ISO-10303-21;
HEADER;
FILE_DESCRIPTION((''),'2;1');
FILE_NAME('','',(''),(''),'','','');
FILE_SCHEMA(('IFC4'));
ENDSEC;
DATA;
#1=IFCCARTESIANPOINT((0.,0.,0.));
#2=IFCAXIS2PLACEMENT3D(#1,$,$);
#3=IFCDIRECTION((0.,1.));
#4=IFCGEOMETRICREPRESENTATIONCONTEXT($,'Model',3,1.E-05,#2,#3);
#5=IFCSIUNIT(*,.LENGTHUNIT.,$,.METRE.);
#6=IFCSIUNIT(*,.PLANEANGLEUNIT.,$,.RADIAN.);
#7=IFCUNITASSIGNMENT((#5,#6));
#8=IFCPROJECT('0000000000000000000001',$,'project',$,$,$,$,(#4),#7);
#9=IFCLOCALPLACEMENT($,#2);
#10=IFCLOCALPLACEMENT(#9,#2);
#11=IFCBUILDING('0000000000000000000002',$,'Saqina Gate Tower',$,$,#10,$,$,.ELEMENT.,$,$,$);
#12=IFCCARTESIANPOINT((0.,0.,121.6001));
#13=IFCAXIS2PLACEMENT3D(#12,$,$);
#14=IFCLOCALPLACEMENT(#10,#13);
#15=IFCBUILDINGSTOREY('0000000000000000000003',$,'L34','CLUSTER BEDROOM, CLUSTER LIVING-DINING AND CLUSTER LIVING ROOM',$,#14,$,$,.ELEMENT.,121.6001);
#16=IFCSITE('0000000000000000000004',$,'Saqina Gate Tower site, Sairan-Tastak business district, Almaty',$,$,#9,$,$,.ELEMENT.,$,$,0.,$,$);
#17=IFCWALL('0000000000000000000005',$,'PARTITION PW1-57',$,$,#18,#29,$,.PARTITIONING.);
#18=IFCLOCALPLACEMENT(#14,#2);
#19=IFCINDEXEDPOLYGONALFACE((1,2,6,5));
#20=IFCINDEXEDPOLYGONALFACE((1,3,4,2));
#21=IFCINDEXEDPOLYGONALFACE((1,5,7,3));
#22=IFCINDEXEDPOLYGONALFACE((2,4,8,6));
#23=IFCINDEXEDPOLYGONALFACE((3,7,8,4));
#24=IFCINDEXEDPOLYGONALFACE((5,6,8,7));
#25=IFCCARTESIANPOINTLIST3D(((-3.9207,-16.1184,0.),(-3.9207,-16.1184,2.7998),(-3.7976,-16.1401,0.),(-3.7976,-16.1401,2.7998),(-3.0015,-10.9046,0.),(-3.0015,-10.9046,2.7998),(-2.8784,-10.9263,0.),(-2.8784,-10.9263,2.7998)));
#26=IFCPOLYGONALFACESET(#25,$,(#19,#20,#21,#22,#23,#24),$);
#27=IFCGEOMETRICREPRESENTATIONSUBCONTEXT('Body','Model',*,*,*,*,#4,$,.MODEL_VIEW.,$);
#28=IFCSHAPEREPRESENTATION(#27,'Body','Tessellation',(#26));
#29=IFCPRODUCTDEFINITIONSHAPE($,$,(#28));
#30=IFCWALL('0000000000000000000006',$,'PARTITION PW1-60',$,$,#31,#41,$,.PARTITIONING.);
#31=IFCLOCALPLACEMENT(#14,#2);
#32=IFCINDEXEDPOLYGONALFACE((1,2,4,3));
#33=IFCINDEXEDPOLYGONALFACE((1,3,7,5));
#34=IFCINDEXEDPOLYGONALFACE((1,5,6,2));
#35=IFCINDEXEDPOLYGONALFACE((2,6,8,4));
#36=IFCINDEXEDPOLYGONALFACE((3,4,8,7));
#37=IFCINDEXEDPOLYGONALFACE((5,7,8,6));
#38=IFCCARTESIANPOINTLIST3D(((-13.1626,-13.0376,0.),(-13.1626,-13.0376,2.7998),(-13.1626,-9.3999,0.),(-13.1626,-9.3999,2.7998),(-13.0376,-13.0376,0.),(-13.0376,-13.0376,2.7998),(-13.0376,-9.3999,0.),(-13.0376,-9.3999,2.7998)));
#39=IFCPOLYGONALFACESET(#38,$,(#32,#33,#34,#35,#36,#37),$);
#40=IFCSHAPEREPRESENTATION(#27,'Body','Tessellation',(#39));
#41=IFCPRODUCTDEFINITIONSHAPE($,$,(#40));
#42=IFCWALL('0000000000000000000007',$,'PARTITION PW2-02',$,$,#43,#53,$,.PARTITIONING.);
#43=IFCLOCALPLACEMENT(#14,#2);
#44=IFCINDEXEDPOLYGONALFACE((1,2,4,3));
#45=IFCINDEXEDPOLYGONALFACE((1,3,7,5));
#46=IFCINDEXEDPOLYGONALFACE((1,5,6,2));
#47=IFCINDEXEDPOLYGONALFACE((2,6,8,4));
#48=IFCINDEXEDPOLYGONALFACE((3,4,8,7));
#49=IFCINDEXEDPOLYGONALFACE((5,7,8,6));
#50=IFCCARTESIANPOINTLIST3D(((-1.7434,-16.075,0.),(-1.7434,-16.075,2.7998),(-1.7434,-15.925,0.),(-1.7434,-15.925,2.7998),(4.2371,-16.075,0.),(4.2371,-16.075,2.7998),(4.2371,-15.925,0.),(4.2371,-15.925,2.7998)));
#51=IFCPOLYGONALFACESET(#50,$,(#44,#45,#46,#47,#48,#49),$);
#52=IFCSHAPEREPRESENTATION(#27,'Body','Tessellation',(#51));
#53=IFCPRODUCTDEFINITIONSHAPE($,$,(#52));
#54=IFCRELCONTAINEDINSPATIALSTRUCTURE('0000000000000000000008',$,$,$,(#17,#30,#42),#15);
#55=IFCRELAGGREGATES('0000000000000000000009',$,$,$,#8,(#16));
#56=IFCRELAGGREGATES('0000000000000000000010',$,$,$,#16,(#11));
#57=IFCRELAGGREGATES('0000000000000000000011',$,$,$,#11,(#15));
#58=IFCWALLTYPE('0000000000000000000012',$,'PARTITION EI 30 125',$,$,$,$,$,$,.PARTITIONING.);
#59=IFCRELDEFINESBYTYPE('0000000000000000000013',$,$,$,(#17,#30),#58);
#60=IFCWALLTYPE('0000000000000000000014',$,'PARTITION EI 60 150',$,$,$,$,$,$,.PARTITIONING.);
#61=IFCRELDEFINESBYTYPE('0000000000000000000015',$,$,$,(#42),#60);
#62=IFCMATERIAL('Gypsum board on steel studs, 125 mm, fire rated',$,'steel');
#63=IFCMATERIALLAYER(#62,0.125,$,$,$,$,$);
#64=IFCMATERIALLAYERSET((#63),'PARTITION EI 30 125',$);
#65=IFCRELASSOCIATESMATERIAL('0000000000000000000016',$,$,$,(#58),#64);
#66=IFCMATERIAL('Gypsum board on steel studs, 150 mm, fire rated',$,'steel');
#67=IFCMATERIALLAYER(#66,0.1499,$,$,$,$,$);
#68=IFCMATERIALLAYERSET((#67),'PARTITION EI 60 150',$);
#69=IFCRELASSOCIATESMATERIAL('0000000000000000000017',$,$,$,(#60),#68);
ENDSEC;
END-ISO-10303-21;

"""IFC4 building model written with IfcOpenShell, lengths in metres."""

from ifc_helpers import new_model, si_unit, direction, frame, frame_2d, origin, place, context, subcontext, project, spatial, rectangle, extrude, material, layer, layer_set, type_object, element, save


model = new_model("IFC4")

# Units and contexts
model_context = context("Model", 3, precision=1e-05, world=origin(), true_north=direction((0.0, 1.0)))
body_context = subcontext(model_context, "Body", "Model", "MODEL_VIEW")
ifc_project = project(units=[si_unit("LENGTHUNIT", "METRE"), si_unit("PLANEANGLEUNIT", "RADIAN")], contexts=[model_context])

# Site, building, storey
site_placement = place(None, origin())
site = spatial("IfcSite", under=ifc_project, at=site_placement, Name="Saqina Gate Tower site, Sairan-Tastak business district, Almaty", CompositionType="ELEMENT", RefElevation=0.0)
building_placement = place(site_placement, origin())
building = spatial("IfcBuilding", under=site, at=building_placement, Name="Saqina Gate Tower", CompositionType="ELEMENT")
storey_placement = place(building_placement, frame((0.0, 0.0, 121.6001)))
storey = spatial("IfcBuildingStorey", under=building, at=storey_placement, Name="L34", Description="CLUSTER BEDROOM, CLUSTER LIVING-DINING AND CLUSTER LIVING ROOM", CompositionType="ELEMENT", Elevation=121.6001)

# Shared definitions
ifc_material_1 = material(Name="Gypsum board on steel studs, 125 mm, fire rated", Category="steel")
ifc_layer_1 = layer(ifc_material_1, 0.125)
ifc_layer_set_1 = layer_set([ifc_layer_1], Name="PARTITION EI 30 125")
wall_type_1 = type_object("IfcWallType", Name="PARTITION EI 30 125", PredefinedType="PARTITIONING", material=ifc_layer_set_1)

# Walls
wall_1_placement = place(storey_placement, frame((-3.8591, -16.1292, 0.0), z_axis=(0.0, 0.0, 1.0), x_axis=(0.17362, 0.984813, 0.0)))
element("IfcWall", 1, at=wall_1_placement, inside=storey, type_object=wall_type_1, Name="PARTITION PW1-57", PredefinedType="PARTITIONING", context=body_context, shape_type="SweptSolid", body=[
    extrude(rectangle(XDim=5.2942, YDim=0.125, at=frame_2d((2.647, 0.0))), origin(), (0.0, 0.0, 1.0), 2.7998),
])
wall_2_placement = place(storey_placement, frame((-13.1001, -13.0376, 0.0), z_axis=(0.0, 0.0, 1.0), x_axis=(0.0, 1.0, 0.0)))
element("IfcWall", 2, at=wall_2_placement, inside=storey, type_object=wall_type_1, Name="PARTITION PW1-60", PredefinedType="PARTITIONING", context=body_context, shape_type="SweptSolid", body=[
    extrude(rectangle(XDim=3.6377, YDim=0.125, at=frame_2d((1.8188, 0.0))), origin(), (0.0, 0.0, 1.0), 2.7998),
])
ifc_material_2 = material(Name="Gypsum board on steel studs, 150 mm, fire rated", Category="steel")
ifc_layer_2 = layer(ifc_material_2, 0.1499)
ifc_layer_set_2 = layer_set([ifc_layer_2], Name="PARTITION EI 60 150")
wall_type_2 = type_object("IfcWallType", Name="PARTITION EI 60 150", PredefinedType="PARTITIONING", material=ifc_layer_set_2)
wall_3_placement = place(storey_placement, frame((-1.7434, -16.0, 0.0), z_axis=(0.0, 0.0, 1.0), x_axis=(1.0, 0.0, 0.0)))
element("IfcWall", 3, at=wall_3_placement, inside=storey, type_object=wall_type_2, Name="PARTITION PW2-02", PredefinedType="PARTITIONING", context=body_context, shape_type="SweptSolid", body=[
    extrude(rectangle(XDim=5.9805, YDim=0.1499, at=frame_2d((2.9902, 0.0))), origin(), (0.0, 0.0, 1.0), 2.7998),
])

save(model, "model.ifc")
